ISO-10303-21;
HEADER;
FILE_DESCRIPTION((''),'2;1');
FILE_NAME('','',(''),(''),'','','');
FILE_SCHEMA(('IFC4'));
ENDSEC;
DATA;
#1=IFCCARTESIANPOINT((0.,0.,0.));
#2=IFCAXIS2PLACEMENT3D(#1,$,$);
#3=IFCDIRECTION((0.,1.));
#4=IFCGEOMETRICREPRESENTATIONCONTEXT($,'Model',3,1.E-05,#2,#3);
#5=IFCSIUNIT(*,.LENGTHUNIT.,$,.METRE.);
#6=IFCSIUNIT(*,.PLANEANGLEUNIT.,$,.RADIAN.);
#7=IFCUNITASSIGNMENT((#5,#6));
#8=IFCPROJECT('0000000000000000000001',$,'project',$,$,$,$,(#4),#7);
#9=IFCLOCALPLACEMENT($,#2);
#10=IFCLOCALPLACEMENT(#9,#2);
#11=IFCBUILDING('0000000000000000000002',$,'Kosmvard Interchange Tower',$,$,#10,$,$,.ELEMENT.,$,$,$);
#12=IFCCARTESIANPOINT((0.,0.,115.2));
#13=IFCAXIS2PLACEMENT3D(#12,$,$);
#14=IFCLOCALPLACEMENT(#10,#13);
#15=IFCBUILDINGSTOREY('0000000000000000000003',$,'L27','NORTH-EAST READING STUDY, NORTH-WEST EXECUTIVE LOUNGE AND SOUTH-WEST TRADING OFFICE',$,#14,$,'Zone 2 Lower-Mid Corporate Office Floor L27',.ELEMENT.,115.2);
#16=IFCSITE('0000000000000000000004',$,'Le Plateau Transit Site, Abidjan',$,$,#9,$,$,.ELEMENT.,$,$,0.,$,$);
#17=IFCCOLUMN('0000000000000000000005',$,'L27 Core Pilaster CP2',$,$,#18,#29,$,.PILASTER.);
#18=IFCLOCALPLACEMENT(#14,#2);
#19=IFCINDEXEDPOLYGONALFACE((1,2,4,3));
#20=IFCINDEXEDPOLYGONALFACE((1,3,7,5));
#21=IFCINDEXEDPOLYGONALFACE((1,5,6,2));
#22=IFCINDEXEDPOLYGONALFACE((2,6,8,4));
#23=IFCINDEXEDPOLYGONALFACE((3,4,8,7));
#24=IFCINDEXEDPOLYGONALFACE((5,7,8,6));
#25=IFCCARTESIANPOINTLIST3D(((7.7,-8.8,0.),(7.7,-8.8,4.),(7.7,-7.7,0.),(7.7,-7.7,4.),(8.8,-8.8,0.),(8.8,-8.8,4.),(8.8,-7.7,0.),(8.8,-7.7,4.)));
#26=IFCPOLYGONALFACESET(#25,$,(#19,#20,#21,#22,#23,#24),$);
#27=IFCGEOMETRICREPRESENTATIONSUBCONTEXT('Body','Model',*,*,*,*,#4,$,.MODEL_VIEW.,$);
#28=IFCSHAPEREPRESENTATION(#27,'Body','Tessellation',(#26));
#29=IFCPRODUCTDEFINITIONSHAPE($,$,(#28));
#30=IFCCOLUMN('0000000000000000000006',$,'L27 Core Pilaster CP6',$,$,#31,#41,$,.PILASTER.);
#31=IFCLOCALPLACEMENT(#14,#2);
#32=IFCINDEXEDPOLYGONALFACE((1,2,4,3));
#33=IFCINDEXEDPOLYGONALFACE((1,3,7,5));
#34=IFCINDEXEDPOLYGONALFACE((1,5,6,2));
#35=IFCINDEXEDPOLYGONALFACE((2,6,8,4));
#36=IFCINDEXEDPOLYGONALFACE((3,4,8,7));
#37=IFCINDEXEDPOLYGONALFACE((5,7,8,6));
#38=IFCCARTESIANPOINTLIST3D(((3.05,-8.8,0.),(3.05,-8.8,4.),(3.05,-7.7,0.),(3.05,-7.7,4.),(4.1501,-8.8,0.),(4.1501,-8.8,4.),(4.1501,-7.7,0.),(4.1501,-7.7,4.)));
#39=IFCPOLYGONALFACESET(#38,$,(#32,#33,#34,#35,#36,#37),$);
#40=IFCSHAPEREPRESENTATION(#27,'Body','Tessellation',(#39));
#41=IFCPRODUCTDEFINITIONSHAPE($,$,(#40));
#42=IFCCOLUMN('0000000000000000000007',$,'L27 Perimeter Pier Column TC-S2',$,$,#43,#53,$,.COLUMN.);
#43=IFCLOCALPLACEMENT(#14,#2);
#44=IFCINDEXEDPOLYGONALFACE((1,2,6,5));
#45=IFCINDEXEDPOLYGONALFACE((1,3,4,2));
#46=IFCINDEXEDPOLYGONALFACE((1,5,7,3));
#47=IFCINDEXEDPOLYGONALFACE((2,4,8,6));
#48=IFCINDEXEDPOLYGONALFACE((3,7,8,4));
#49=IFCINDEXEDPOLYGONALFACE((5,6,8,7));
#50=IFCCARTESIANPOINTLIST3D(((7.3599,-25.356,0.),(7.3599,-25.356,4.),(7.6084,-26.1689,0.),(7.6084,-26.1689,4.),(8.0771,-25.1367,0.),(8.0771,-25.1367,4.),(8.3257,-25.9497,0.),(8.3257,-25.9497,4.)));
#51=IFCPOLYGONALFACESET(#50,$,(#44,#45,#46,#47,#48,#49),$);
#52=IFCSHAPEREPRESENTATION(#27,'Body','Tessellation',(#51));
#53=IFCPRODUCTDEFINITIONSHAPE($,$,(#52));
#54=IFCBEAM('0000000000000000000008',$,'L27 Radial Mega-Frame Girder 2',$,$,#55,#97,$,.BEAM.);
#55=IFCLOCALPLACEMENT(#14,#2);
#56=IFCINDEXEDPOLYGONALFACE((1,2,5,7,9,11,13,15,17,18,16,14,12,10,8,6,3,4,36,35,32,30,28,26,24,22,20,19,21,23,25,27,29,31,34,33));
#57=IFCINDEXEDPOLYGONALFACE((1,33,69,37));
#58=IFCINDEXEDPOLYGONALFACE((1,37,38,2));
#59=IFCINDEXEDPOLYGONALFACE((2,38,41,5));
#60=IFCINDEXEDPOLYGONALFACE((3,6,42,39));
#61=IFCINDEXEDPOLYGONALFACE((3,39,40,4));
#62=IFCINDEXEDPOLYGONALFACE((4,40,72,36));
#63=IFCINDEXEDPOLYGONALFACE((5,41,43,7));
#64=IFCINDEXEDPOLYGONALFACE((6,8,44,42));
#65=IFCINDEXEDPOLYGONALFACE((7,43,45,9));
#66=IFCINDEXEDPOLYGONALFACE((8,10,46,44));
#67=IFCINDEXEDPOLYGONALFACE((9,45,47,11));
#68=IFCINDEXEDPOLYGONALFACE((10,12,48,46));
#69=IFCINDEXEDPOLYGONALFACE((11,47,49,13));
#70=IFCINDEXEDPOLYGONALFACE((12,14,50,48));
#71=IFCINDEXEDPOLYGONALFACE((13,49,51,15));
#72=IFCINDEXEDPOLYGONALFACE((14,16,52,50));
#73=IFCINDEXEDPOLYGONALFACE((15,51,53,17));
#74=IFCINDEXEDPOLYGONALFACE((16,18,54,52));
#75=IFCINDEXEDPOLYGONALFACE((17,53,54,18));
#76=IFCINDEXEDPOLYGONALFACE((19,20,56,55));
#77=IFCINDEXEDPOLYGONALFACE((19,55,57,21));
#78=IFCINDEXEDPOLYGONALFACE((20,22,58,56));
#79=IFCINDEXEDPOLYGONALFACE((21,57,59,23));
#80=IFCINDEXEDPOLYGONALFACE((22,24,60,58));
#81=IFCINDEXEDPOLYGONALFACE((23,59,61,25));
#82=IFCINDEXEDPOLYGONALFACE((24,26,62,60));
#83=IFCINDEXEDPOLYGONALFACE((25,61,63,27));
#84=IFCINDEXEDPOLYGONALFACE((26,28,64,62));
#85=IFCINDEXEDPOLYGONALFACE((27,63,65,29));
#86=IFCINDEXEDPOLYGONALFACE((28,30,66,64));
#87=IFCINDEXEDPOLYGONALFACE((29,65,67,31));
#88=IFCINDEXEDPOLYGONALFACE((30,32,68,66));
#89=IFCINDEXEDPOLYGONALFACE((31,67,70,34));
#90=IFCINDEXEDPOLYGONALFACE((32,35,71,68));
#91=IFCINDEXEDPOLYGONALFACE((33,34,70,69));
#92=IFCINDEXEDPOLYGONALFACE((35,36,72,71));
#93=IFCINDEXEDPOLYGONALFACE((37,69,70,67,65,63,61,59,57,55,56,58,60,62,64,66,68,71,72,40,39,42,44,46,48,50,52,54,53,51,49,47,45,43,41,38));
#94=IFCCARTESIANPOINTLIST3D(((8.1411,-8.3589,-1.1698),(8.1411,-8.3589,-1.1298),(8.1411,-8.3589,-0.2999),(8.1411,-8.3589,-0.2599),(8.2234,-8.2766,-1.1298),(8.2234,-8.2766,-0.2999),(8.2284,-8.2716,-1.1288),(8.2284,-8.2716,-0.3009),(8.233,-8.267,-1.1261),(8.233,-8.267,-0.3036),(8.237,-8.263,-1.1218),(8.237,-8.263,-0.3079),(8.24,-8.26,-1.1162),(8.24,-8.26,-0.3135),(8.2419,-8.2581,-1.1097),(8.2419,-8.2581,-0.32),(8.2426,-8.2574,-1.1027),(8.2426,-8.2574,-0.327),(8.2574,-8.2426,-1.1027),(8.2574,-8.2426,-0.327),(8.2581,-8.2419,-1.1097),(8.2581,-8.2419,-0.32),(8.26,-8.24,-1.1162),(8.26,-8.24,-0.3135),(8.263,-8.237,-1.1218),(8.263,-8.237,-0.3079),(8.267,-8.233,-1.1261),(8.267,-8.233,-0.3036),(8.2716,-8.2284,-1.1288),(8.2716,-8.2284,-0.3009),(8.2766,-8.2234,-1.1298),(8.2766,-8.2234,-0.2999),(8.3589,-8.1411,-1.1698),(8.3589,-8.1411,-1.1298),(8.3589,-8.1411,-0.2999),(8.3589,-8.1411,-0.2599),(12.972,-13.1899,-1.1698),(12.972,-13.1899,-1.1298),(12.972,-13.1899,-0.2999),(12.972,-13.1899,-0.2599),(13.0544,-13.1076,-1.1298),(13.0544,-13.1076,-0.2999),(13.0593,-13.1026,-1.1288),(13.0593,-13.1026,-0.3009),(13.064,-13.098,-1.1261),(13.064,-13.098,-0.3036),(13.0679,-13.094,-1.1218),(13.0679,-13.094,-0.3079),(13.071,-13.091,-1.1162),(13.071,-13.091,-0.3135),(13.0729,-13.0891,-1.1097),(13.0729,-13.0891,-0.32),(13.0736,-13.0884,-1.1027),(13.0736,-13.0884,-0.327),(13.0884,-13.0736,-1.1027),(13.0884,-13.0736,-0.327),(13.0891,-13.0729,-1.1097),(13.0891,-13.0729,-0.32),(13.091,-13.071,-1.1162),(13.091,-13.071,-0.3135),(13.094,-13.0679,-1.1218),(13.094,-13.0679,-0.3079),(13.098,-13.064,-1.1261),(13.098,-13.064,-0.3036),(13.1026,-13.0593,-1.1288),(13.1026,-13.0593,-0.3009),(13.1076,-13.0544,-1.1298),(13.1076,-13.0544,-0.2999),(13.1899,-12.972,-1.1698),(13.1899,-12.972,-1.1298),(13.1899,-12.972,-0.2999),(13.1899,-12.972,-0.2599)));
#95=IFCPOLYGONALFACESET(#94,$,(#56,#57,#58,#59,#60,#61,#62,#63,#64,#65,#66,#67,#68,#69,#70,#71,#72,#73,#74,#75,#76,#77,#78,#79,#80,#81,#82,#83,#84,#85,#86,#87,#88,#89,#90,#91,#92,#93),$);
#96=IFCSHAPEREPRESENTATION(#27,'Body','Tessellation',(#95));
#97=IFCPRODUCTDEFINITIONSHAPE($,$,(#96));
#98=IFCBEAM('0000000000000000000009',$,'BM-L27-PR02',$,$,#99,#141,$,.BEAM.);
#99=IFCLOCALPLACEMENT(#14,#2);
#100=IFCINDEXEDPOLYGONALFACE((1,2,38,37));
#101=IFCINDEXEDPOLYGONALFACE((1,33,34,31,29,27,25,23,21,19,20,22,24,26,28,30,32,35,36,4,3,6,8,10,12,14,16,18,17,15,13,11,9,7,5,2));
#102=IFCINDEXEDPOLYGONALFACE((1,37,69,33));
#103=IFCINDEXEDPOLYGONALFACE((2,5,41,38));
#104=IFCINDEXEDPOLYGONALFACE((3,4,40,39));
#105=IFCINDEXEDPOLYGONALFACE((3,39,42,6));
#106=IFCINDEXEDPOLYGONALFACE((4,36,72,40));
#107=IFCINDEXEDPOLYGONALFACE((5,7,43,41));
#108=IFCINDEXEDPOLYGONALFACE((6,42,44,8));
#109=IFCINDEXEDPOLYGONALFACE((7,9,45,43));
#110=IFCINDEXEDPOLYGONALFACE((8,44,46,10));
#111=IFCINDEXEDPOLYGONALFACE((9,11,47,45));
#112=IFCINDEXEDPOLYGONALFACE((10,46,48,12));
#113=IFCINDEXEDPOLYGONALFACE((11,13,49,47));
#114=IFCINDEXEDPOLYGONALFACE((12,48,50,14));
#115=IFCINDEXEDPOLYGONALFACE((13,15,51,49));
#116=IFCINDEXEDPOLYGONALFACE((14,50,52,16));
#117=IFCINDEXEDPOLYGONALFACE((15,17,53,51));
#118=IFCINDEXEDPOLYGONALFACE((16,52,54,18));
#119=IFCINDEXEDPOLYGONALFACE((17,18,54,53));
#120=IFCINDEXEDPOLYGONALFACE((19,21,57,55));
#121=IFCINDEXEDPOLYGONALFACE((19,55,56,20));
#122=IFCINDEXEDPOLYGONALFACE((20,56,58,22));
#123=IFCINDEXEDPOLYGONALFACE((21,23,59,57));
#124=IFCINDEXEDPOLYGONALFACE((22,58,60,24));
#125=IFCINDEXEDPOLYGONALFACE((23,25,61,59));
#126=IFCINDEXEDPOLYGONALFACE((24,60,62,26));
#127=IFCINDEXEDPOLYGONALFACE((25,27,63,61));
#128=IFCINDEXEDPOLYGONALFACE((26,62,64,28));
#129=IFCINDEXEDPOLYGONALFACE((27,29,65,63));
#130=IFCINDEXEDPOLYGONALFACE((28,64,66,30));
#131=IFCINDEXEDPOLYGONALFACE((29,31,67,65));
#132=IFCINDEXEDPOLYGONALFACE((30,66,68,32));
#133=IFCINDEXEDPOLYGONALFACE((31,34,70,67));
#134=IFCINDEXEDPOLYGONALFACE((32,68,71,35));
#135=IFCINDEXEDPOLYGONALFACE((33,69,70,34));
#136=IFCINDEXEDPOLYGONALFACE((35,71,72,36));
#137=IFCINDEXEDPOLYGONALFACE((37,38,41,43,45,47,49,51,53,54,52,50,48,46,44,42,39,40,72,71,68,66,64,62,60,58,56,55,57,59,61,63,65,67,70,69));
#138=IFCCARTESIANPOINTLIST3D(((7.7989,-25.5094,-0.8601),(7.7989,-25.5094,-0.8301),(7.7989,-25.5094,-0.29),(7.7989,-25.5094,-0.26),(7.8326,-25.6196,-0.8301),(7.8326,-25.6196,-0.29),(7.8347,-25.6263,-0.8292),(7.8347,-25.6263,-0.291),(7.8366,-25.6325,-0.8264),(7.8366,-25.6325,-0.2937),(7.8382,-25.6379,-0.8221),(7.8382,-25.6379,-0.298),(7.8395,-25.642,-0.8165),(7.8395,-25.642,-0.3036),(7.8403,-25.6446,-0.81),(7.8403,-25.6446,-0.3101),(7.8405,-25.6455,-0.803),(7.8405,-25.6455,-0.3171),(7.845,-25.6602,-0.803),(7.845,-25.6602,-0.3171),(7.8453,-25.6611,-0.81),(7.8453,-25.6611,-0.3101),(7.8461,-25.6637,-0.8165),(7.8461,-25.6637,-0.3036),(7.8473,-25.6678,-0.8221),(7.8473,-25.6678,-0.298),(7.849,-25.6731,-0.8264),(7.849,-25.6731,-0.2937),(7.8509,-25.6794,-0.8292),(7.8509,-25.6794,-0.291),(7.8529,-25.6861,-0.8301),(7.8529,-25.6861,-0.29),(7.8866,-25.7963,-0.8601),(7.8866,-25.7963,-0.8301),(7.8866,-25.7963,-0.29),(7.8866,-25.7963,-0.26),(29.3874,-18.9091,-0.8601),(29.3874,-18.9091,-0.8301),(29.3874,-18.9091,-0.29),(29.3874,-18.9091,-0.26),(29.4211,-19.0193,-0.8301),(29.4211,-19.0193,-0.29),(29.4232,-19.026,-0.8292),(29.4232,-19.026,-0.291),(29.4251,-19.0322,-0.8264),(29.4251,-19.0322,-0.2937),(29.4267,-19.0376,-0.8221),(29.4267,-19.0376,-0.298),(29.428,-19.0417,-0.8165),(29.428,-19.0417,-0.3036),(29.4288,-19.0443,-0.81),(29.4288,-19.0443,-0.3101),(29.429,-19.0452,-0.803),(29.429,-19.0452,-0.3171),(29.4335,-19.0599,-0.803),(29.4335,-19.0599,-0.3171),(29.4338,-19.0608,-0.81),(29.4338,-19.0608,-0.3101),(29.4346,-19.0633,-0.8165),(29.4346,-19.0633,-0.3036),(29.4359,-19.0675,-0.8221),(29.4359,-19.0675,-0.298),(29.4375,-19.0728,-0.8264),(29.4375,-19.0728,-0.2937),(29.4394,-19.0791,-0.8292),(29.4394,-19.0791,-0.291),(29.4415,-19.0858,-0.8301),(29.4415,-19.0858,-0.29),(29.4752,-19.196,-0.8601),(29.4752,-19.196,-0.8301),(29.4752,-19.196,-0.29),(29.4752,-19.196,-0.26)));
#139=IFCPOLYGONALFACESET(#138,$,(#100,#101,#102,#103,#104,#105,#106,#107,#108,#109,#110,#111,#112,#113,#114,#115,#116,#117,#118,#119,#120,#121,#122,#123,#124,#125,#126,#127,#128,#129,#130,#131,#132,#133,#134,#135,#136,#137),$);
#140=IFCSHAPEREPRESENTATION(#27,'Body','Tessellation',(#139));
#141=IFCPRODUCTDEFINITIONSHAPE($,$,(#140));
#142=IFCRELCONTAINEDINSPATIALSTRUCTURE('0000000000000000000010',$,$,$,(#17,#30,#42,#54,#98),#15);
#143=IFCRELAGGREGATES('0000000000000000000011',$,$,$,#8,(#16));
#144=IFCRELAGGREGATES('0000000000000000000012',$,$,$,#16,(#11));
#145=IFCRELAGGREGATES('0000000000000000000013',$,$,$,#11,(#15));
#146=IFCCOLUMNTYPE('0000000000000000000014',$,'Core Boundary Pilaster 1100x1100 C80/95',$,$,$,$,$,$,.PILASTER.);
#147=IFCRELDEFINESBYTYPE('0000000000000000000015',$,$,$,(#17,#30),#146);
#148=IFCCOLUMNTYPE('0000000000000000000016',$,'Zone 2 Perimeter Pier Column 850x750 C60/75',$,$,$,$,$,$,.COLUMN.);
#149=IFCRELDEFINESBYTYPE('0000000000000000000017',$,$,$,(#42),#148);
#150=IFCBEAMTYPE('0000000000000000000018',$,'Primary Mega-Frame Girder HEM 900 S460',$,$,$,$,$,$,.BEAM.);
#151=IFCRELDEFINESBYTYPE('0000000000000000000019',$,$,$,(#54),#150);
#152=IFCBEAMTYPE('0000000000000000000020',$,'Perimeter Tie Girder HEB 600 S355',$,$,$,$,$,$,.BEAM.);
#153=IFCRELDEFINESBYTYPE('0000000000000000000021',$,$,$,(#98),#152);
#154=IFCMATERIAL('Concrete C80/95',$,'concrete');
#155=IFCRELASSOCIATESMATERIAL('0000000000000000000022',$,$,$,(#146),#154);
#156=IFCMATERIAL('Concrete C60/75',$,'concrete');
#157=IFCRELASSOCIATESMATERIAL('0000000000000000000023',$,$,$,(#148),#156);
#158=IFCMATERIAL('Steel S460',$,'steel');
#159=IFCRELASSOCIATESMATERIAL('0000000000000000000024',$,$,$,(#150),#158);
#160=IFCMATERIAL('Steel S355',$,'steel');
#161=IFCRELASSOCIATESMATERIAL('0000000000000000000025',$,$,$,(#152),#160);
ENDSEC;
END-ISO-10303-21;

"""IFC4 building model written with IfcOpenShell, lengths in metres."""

from ifc_helpers import new_model, si_unit, direction, frame, origin, origin_2d, place, context, subcontext, project, spatial, rectangle, i_section, extrude, source, transform, mapped, material, material_profile, profile_set, type_object, element, save


model = new_model("IFC4")

# Units and contexts
model_context = context("Model", 3, precision=1e-05, world=origin(), true_north=direction((0.0, 1.0)))
body_context = subcontext(model_context, "Body", "Model", "MODEL_VIEW")
ifc_project = project(units=[si_unit("LENGTHUNIT", "METRE"), si_unit("PLANEANGLEUNIT", "RADIAN")], contexts=[model_context])

# Site, building, storey
site_placement = place(None, origin())
site = spatial("IfcSite", under=ifc_project, at=site_placement, Name="Le Plateau Transit Site, Abidjan", CompositionType="ELEMENT", RefElevation=0.0)
building_placement = place(site_placement, origin())
building = spatial("IfcBuilding", under=site, at=building_placement, Name="Kosmvard Interchange Tower", CompositionType="ELEMENT")
storey_placement = place(building_placement, frame((0.0, 0.0, 115.2)))
storey = spatial("IfcBuildingStorey", under=building, at=storey_placement, Name="L27", Description="NORTH-EAST READING STUDY, NORTH-WEST EXECUTIVE LOUNGE AND SOUTH-WEST TRADING OFFICE", LongName="Zone 2 Lower-Mid Corporate Office Floor L27", CompositionType="ELEMENT", Elevation=115.2)

# Columns
ifc_material_1 = material(Name="Concrete C80/95", Category="concrete")
ifc_material_profile_1 = material_profile(ifc_material_1, rectangle(XDim=1.1001, YDim=1.1001, at=origin_2d()), Name="CP 1100x1100")
ifc_profile_set_1 = profile_set([ifc_material_profile_1], Name="Concrete C80/95")
column_type_1 = type_object("IfcColumnType", Name="Core Boundary Pilaster 1100x1100 C80/95", PredefinedType="PILASTER", material=ifc_profile_set_1)
shared_shape_1 = source(origin(), body_context, "Body", "SweptSolid", [
    extrude(rectangle(XDim=1.1001, YDim=1.1001, at=origin_2d()), origin(), (0.0, 0.0, 1.0), 4.0),
])
for number, where, z_axis, x_axis, name in (
    (1, (8.25, -8.25, 0.0), (0.0, 0.0, 1.0), (1.0, 0.0, 0.0), "L27 Core Pilaster CP2"),
    (2, (3.6001, -8.25, 0.0), (0.0, 0.0, 1.0), (1.0, 0.0, 0.0), "L27 Core Pilaster CP6"),
):
    element("IfcColumn", number, at=place(storey_placement, frame(where, z_axis=z_axis, x_axis=x_axis)), inside=storey, type_object=column_type_1, Name=name, PredefinedType="PILASTER", context=body_context, shape_type="MappedRepresentation", body=[
        mapped(shared_shape_1, transform((0.0, 0.0, 0.0), scale=1.0)),
    ])
ifc_material_2 = material(Name="Concrete C60/75", Category="concrete")
ifc_material_profile_2 = material_profile(ifc_material_2, rectangle(XDim=0.75, YDim=0.8501, at=origin_2d()), Name="TC 850x750")
ifc_profile_set_2 = profile_set([ifc_material_profile_2], Name="Concrete C60/75")
column_type_2 = type_object("IfcColumnType", Name="Zone 2 Perimeter Pier Column 850x750 C60/75", PredefinedType="COLUMN", material=ifc_profile_set_2)
shared_shape_2 = source(origin(), body_context, "Body", "SweptSolid", [
    extrude(rectangle(XDim=0.75, YDim=0.8501, at=origin_2d()), origin(), (0.0, 0.0, 1.0), 4.0),
])
column_placement = place(storey_placement, frame((7.8428, -25.6528, 0.0), z_axis=(0.0, 0.0, 1.0), x_axis=(0.956305, 0.292372, 0.0)))
element("IfcColumn", 3, at=column_placement, inside=storey, type_object=column_type_2, Name="L27 Perimeter Pier Column TC-S2", PredefinedType="COLUMN", context=body_context, shape_type="MappedRepresentation", body=[
    mapped(shared_shape_2, transform((0.0, 0.0, 0.0), scale=1.0)),
])

# Beams
ifc_material_3 = material(Name="Steel S460", Category="steel")
ifc_material_profile_3 = material_profile(ifc_material_3, i_section(OverallWidth=0.3081, OverallDepth=0.9099, WebThickness=0.021, FlangeThickness=0.04, FilletRadius=0.0271, at=origin_2d()), Name="HEM 900")
ifc_profile_set_3 = profile_set([ifc_material_profile_3], Name="Steel S460")
beam_type_1 = type_object("IfcBeamType", Name="Primary Mega-Frame Girder HEM 900 S460", PredefinedType="BEAM", material=ifc_profile_set_3)
shared_shape_3 = source(origin(), body_context, "Body", "SweptSolid", [
    extrude(i_section(OverallWidth=0.3081, OverallDepth=0.9099, WebThickness=0.021, FlangeThickness=0.04, FilletRadius=0.0271, at=origin_2d()), origin(), (0.0, 0.0, 1.0), 6.832),
])
beam_1_placement = place(storey_placement, frame((8.25, -8.25, -0.7148), z_axis=(0.707107, -0.707107, 0.0), x_axis=(0.707107, 0.707107, 0.0)))
element("IfcBeam", 4, at=beam_1_placement, inside=storey, type_object=beam_type_1, Name="L27 Radial Mega-Frame Girder 2", PredefinedType="BEAM", context=body_context, shape_type="MappedRepresentation", body=[
    mapped(shared_shape_3, transform((0.0, 0.0, 0.0), scale=1.0)),
])
ifc_material_4 = material(Name="Steel S355", Category="steel")
ifc_material_profile_4 = material_profile(ifc_material_4, i_section(OverallWidth=0.3, OverallDepth=0.6001, WebThickness=0.0154, FlangeThickness=0.03, FilletRadius=0.0271, at=origin_2d()), Name="HEB 600")
ifc_profile_set_4 = profile_set([ifc_material_profile_4], Name="Steel S355")
beam_type_2 = type_object("IfcBeamType", Name="Perimeter Tie Girder HEB 600 S355", PredefinedType="BEAM", material=ifc_profile_set_4)
shared_shape_4 = source(origin(), body_context, "Body", "SweptSolid", [
    extrude(i_section(OverallWidth=0.3, OverallDepth=0.6001, WebThickness=0.0154, FlangeThickness=0.03, FilletRadius=0.0271, at=origin_2d()), origin(), (0.0, 0.0, 1.0), 22.575),
])
beam_2_placement = place(storey_placement, frame((7.8428, -25.6528, -0.5601), z_axis=(0.956304, 0.292373, 0.0), x_axis=(-0.292373, 0.956304, 0.0)))
element("IfcBeam", 5, at=beam_2_placement, inside=storey, type_object=beam_type_2, Name="BM-L27-PR02", PredefinedType="BEAM", context=body_context, shape_type="MappedRepresentation", body=[
    mapped(shared_shape_4, transform((0.0, 0.0, 0.0), scale=1.0)),
])

save(model, "model.ifc")
